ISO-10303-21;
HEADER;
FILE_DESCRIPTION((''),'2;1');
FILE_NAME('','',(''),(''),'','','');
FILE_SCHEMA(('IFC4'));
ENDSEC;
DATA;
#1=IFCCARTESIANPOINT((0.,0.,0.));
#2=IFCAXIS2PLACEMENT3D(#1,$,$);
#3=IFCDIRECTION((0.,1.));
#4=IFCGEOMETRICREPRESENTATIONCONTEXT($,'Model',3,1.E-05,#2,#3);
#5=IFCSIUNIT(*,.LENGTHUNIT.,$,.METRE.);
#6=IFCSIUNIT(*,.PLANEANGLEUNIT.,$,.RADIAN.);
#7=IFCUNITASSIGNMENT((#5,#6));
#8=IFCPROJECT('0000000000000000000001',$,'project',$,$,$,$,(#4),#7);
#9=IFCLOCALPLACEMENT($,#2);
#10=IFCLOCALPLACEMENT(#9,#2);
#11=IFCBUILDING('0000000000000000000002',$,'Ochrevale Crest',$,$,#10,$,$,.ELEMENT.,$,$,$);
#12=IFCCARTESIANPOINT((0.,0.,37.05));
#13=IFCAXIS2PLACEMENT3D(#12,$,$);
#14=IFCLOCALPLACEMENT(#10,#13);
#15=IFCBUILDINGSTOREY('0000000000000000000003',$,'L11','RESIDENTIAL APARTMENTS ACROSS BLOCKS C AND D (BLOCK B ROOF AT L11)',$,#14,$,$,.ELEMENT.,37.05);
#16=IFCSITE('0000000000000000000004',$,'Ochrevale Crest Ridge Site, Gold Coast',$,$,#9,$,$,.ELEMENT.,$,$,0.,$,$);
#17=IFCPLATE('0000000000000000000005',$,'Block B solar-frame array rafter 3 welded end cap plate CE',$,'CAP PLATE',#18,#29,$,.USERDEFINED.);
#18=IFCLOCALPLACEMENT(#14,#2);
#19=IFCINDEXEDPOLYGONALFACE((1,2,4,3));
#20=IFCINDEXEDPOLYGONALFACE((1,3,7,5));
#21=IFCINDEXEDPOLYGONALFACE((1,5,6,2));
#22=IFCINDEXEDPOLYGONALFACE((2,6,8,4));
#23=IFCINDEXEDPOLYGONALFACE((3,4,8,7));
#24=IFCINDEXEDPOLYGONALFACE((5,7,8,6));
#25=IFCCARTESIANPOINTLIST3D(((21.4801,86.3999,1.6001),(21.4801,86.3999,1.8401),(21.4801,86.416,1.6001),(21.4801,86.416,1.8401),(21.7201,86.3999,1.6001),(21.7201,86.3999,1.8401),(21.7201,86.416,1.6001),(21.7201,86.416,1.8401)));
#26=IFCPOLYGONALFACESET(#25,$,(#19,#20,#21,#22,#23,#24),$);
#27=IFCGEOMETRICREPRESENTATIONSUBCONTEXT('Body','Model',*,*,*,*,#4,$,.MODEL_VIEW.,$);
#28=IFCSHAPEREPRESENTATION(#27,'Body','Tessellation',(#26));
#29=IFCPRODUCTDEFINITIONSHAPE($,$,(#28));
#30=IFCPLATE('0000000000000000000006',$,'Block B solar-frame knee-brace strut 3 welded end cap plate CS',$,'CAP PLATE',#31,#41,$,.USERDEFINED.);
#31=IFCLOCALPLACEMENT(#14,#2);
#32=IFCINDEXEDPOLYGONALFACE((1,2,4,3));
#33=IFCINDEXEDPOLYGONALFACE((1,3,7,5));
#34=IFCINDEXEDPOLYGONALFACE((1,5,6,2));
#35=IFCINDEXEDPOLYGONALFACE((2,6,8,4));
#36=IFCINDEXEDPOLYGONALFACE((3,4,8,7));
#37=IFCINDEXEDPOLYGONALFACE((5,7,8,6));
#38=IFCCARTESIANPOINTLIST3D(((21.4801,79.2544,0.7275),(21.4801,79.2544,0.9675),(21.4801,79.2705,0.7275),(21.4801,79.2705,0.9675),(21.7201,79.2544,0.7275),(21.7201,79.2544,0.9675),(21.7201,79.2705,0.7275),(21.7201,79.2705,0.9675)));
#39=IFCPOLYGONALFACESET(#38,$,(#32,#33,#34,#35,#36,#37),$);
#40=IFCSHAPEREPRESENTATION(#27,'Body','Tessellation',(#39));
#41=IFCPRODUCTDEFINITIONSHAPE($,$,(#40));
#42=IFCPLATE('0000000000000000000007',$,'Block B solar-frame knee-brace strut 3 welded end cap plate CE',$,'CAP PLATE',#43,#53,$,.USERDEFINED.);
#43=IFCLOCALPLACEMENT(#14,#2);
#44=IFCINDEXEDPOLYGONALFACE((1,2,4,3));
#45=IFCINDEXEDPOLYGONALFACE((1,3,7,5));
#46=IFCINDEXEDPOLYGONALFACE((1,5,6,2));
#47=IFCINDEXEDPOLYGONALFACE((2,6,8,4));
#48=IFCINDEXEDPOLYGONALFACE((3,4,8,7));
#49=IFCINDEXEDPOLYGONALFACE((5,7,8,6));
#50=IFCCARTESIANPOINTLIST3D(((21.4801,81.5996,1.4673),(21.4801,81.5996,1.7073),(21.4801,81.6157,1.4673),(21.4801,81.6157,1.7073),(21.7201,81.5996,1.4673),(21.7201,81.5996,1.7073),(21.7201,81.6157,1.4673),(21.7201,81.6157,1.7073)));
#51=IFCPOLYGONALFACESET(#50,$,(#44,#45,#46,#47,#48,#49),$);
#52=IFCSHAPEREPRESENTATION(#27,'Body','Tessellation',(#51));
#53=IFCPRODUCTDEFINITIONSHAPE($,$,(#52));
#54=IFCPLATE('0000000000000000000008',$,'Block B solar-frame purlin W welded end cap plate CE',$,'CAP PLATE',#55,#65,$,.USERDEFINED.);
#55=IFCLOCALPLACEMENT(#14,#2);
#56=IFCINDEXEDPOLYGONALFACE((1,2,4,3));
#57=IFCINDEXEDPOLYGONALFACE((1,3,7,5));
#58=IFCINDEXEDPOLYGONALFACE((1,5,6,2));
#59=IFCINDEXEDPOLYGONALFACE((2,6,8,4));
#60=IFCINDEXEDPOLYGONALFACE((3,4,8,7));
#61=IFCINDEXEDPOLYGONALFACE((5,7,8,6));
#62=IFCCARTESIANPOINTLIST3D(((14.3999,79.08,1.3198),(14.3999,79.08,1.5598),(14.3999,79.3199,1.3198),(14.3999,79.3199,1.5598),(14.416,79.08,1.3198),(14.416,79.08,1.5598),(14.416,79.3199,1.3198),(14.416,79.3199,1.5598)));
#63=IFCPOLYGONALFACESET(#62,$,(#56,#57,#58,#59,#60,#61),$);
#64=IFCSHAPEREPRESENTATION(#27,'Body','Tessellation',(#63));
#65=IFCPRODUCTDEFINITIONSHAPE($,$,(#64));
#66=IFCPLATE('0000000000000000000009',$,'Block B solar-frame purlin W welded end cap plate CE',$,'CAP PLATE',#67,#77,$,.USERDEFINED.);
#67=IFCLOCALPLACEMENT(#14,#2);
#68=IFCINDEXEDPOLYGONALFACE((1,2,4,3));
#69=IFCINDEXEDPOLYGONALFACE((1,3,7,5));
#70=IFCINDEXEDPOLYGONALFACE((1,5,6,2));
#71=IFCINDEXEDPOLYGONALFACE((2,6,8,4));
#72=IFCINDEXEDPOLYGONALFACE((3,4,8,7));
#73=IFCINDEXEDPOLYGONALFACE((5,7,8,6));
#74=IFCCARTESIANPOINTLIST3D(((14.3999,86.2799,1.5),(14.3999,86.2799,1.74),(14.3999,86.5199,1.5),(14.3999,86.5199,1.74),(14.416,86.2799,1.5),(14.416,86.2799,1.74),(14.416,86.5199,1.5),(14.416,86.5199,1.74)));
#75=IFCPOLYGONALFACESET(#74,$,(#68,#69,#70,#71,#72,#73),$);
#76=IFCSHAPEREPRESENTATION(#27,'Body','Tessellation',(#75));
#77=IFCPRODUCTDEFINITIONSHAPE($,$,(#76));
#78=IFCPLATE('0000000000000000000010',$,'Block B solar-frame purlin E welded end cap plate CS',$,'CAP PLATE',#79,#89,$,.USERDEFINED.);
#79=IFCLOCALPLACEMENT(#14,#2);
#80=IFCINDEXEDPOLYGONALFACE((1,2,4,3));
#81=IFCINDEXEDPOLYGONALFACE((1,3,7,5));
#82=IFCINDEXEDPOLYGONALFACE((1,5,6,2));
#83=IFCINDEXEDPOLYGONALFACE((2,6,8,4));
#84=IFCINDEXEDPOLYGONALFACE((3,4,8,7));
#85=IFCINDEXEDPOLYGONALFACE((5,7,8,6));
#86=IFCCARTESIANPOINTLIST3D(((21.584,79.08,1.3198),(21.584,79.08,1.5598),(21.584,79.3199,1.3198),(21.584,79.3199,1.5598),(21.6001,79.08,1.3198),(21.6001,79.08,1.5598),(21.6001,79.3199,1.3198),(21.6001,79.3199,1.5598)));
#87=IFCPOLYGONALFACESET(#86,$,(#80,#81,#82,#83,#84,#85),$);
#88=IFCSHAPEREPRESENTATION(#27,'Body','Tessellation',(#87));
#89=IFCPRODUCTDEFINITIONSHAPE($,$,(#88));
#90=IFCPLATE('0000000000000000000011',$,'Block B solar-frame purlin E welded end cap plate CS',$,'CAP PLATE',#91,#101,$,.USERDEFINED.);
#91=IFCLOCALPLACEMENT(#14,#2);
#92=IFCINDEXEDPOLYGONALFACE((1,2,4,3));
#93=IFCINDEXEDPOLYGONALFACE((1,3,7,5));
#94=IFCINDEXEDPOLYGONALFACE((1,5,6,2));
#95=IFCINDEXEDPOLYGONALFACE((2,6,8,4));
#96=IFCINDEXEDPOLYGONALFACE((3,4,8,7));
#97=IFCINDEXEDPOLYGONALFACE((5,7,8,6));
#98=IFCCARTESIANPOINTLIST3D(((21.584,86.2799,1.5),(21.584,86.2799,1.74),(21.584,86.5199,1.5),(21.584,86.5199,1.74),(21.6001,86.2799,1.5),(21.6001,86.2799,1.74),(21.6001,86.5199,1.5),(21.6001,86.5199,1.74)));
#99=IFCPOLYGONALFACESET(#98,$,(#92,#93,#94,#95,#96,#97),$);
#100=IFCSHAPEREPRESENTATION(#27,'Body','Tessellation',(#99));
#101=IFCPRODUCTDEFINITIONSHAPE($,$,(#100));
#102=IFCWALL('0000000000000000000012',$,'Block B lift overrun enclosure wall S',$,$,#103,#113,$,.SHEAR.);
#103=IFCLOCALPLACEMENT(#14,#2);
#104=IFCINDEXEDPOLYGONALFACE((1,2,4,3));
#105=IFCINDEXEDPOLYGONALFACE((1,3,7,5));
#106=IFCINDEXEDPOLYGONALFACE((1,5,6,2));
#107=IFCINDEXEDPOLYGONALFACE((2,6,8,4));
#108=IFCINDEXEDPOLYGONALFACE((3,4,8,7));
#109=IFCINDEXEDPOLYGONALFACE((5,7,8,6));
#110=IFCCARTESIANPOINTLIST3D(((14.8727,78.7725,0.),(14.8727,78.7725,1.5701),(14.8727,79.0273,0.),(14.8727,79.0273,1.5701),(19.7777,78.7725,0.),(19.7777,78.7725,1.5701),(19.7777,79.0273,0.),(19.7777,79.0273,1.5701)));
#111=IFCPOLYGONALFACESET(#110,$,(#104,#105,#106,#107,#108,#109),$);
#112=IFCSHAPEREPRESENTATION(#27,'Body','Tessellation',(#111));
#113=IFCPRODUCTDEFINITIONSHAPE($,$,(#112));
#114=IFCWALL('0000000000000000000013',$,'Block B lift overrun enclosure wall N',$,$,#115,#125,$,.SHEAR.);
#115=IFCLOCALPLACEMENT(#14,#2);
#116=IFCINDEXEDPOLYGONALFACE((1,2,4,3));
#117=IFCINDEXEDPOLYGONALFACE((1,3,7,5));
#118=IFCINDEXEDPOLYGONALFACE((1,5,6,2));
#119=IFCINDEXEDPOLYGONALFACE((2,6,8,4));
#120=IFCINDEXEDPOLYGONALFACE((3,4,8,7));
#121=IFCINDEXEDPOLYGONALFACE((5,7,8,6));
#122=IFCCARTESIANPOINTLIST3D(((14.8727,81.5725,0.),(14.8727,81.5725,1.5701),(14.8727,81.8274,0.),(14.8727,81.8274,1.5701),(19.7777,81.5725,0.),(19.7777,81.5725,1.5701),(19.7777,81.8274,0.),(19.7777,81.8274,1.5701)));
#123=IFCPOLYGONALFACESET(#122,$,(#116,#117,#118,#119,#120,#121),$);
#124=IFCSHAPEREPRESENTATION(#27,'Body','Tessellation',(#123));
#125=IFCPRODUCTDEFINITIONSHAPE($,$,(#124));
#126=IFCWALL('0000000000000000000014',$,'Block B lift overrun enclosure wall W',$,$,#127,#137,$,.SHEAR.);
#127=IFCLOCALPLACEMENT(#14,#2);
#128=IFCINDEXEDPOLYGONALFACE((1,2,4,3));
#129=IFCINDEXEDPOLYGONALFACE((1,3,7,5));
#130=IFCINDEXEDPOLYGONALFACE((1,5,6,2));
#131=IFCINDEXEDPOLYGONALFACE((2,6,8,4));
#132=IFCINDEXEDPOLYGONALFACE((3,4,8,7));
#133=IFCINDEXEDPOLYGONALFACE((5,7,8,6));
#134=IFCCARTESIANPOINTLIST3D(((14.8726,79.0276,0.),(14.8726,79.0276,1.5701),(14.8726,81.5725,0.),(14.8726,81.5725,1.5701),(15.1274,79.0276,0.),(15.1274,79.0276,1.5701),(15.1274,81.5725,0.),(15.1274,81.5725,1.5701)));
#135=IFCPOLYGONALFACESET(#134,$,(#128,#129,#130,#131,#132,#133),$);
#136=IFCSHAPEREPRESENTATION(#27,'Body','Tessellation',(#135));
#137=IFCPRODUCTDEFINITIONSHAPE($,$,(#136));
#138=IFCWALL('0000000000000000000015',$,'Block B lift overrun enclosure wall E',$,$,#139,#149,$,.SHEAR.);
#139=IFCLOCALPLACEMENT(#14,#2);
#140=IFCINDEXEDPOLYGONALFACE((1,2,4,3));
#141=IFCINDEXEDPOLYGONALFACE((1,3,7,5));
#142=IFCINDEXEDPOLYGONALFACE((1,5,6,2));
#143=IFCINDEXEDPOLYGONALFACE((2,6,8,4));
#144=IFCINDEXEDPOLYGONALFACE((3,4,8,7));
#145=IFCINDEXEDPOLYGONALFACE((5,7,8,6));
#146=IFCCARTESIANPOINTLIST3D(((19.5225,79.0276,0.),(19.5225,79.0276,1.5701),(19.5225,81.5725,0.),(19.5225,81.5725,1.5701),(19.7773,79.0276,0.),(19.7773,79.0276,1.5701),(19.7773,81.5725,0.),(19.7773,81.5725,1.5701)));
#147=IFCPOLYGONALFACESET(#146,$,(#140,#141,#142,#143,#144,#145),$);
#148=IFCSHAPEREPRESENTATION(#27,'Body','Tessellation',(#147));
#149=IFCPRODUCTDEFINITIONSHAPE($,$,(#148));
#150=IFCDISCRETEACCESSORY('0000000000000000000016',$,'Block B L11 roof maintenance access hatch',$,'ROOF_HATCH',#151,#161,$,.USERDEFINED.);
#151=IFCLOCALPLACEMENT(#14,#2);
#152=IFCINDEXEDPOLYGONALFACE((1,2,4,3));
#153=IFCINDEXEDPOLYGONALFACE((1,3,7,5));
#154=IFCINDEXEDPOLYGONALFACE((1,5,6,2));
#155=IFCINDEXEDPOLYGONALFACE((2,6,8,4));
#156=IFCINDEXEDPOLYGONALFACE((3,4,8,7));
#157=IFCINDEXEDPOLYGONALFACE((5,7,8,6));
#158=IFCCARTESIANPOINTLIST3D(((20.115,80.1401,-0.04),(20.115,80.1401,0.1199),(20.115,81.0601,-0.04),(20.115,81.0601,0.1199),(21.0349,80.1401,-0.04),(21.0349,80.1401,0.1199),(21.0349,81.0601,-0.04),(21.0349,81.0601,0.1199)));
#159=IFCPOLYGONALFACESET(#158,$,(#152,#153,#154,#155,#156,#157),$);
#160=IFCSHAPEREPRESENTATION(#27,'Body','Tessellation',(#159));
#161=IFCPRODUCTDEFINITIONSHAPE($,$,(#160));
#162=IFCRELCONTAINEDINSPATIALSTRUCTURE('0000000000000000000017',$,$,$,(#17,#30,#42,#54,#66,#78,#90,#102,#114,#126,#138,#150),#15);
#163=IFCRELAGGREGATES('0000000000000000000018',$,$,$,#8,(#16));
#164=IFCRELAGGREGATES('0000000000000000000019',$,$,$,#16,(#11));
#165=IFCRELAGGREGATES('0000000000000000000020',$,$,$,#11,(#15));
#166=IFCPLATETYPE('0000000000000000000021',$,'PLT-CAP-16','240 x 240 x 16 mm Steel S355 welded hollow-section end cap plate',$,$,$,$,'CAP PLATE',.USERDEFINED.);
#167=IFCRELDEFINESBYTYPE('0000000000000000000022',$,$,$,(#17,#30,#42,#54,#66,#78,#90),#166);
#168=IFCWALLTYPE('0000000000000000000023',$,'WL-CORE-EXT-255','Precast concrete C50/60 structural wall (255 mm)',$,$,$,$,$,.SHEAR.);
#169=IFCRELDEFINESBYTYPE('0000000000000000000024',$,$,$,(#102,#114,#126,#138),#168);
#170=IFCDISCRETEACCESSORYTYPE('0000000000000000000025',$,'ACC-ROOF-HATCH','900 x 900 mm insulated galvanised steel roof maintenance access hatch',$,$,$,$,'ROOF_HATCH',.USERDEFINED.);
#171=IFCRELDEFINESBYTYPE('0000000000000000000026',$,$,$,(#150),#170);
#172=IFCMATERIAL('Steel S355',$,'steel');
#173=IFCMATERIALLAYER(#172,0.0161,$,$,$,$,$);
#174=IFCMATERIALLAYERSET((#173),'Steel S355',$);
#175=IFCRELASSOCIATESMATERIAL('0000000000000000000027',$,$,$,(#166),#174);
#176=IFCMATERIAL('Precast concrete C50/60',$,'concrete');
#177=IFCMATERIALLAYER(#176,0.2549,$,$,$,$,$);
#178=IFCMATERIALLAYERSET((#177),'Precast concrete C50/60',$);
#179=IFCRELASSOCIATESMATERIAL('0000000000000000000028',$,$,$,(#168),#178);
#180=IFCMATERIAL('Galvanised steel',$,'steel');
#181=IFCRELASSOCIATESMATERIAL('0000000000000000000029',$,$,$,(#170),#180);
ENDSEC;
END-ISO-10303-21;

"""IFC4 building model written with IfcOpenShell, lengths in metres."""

from ifc_helpers import new_model, si_unit, direction, frame, frame_2d, origin, origin_2d, place, context, subcontext, project, spatial, rectangle, extrude, material, layer, layer_set, type_object, element, save


model = new_model("IFC4")

# Units and contexts
model_context = context("Model", 3, precision=1e-05, world=origin(), true_north=direction((0.0, 1.0)))
body_context = subcontext(model_context, "Body", "Model", "MODEL_VIEW")
ifc_project = project(units=[si_unit("LENGTHUNIT", "METRE"), si_unit("PLANEANGLEUNIT", "RADIAN")], contexts=[model_context])

# Site, building, storey
site_placement = place(None, origin())
site = spatial("IfcSite", under=ifc_project, at=site_placement, Name="Ochrevale Crest Ridge Site, Gold Coast", CompositionType="ELEMENT", RefElevation=0.0)
building_placement = place(site_placement, origin())
building = spatial("IfcBuilding", under=site, at=building_placement, Name="Ochrevale Crest", CompositionType="ELEMENT")
storey_placement = place(building_placement, frame((0.0, 0.0, 37.05)))
storey = spatial("IfcBuildingStorey", under=building, at=storey_placement, Name="L11", Description="RESIDENTIAL APARTMENTS ACROSS BLOCKS C AND D (BLOCK B ROOF AT L11)", CompositionType="ELEMENT", Elevation=37.05)

# Shared definitions
ifc_material_1 = material(Name="Steel S355", Category="steel")

# Plates
ifc_layer_1 = layer(ifc_material_1, 0.0161)
ifc_layer_set_1 = layer_set([ifc_layer_1], Name="Steel S355")
plate_type = type_object("IfcPlateType", Name="PLT-CAP-16", Description="240 x 240 x 16 mm Steel S355 welded hollow-section end cap plate", ElementType="CAP PLATE", PredefinedType="USERDEFINED", material=ifc_layer_set_1)
for number, where, z_axis, x_axis, name in (
    (1, (21.6001, 86.408, 1.6001), (0.0, 0.0, 1.0), (0.0, 1.0, 0.0), "Block B solar-frame array rafter 3 welded end cap plate CE"),
    (2, (21.6001, 79.2625, 0.7275), (0.0, 0.0, 1.0), (0.0, 1.0, 0.0), "Block B solar-frame knee-brace strut 3 welded end cap plate CS"),
    (3, (21.6001, 81.6077, 1.4673), (0.0, 0.0, 1.0), (0.0, 1.0, 0.0), "Block B solar-frame knee-brace strut 3 welded end cap plate CE"),
    (4, (14.408, 79.2, 1.3198), (0.0, 0.0, 1.0), (1.0, 0.0, 0.0), "Block B solar-frame purlin W welded end cap plate CE"),
    (5, (14.408, 86.3999, 1.5), (0.0, 0.0, 1.0), (1.0, 0.0, 0.0), "Block B solar-frame purlin W welded end cap plate CE"),
    (6, (21.592, 79.2, 1.3198), (0.0, 0.0, 1.0), (1.0, 0.0, 0.0), "Block B solar-frame purlin E welded end cap plate CS"),
    (7, (21.592, 86.3999, 1.5), (0.0, 0.0, 1.0), (1.0, 0.0, 0.0), "Block B solar-frame purlin E welded end cap plate CS"),
):
    element("IfcPlate", number, at=place(storey_placement, frame(where, z_axis=z_axis, x_axis=x_axis)), inside=storey, type_object=plate_type, Name=name, ObjectType="CAP PLATE", PredefinedType="USERDEFINED", context=body_context, shape_type="SweptSolid", body=[
        extrude(rectangle(XDim=0.0161, YDim=0.24, at=origin_2d()), origin(), (0.0, 0.0, 1.0), 0.24),
    ])

# Walls
ifc_material_2 = material(Name="Precast concrete C50/60", Category="concrete")
ifc_layer_2 = layer(ifc_material_2, 0.2549)
ifc_layer_set_2 = layer_set([ifc_layer_2], Name="Precast concrete C50/60")
wall_type = type_object("IfcWallType", Name="WL-CORE-EXT-255", Description="Precast concrete C50/60 structural wall (255 mm)", PredefinedType="SHEAR", material=ifc_layer_set_2)
for number, where, z_axis, x_axis, name in (
    (8, (14.8726, 78.8999, 0.0), (0.0, 0.0, 1.0), (1.0, 0.0, 0.0), "Block B lift overrun enclosure wall S"),
    (9, (14.8726, 81.7, 0.0), (0.0, 0.0, 1.0), (1.0, 0.0, 0.0), "Block B lift overrun enclosure wall N"),
):
    element("IfcWall", number, at=place(storey_placement, frame(where, z_axis=z_axis, x_axis=x_axis)), inside=storey, type_object=wall_type, Name=name, PredefinedType="SHEAR", context=body_context, shape_type="SweptSolid", body=[
        extrude(rectangle(XDim=4.905, YDim=0.2549, at=frame_2d((2.4526, 0.0))), origin(), (0.0, 0.0, 1.0), 1.5701),
    ])
for number, where, z_axis, x_axis, name in (
    (10, (15.0, 79.0276, 0.0), (0.0, 0.0, 1.0), (0.0, 1.0, 0.0), "Block B lift overrun enclosure wall W"),
    (11, (19.6499, 79.0276, 0.0), (0.0, 0.0, 1.0), (0.0, 1.0, 0.0), "Block B lift overrun enclosure wall E"),
):
    element("IfcWall", number, at=place(storey_placement, frame(where, z_axis=z_axis, x_axis=x_axis)), inside=storey, type_object=wall_type, Name=name, PredefinedType="SHEAR", context=body_context, shape_type="SweptSolid", body=[
        extrude(rectangle(XDim=2.5449, YDim=0.2549, at=frame_2d((1.2725, 0.0))), origin(), (0.0, 0.0, 1.0), 1.5701),
    ])

# Discrete accessory
ifc_material_3 = material(Name="Galvanised steel", Category="steel")
discrete_accessory_type = type_object("IfcDiscreteAccessoryType", Name="ACC-ROOF-HATCH", Description="900 x 900 mm insulated galvanised steel roof maintenance access hatch", ElementType="ROOF_HATCH", PredefinedType="USERDEFINED", material=ifc_material_3)
discrete_accessory_placement = place(storey_placement, frame((20.575, 80.6001, -0.04), z_axis=(0.0, 0.0, 1.0), x_axis=(1.0, 0.0, 0.0)))
element("IfcDiscreteAccessory", 12, at=discrete_accessory_placement, inside=storey, type_object=discrete_accessory_type, Name="Block B L11 roof maintenance access hatch", ObjectType="ROOF_HATCH", PredefinedType="USERDEFINED", context=body_context, shape_type="SweptSolid", body=[
    extrude(rectangle(XDim=0.9199, YDim=0.9199, at=origin_2d()), origin(), (0.0, 0.0, 1.0), 0.1599),
])

save(model, "model.ifc")
